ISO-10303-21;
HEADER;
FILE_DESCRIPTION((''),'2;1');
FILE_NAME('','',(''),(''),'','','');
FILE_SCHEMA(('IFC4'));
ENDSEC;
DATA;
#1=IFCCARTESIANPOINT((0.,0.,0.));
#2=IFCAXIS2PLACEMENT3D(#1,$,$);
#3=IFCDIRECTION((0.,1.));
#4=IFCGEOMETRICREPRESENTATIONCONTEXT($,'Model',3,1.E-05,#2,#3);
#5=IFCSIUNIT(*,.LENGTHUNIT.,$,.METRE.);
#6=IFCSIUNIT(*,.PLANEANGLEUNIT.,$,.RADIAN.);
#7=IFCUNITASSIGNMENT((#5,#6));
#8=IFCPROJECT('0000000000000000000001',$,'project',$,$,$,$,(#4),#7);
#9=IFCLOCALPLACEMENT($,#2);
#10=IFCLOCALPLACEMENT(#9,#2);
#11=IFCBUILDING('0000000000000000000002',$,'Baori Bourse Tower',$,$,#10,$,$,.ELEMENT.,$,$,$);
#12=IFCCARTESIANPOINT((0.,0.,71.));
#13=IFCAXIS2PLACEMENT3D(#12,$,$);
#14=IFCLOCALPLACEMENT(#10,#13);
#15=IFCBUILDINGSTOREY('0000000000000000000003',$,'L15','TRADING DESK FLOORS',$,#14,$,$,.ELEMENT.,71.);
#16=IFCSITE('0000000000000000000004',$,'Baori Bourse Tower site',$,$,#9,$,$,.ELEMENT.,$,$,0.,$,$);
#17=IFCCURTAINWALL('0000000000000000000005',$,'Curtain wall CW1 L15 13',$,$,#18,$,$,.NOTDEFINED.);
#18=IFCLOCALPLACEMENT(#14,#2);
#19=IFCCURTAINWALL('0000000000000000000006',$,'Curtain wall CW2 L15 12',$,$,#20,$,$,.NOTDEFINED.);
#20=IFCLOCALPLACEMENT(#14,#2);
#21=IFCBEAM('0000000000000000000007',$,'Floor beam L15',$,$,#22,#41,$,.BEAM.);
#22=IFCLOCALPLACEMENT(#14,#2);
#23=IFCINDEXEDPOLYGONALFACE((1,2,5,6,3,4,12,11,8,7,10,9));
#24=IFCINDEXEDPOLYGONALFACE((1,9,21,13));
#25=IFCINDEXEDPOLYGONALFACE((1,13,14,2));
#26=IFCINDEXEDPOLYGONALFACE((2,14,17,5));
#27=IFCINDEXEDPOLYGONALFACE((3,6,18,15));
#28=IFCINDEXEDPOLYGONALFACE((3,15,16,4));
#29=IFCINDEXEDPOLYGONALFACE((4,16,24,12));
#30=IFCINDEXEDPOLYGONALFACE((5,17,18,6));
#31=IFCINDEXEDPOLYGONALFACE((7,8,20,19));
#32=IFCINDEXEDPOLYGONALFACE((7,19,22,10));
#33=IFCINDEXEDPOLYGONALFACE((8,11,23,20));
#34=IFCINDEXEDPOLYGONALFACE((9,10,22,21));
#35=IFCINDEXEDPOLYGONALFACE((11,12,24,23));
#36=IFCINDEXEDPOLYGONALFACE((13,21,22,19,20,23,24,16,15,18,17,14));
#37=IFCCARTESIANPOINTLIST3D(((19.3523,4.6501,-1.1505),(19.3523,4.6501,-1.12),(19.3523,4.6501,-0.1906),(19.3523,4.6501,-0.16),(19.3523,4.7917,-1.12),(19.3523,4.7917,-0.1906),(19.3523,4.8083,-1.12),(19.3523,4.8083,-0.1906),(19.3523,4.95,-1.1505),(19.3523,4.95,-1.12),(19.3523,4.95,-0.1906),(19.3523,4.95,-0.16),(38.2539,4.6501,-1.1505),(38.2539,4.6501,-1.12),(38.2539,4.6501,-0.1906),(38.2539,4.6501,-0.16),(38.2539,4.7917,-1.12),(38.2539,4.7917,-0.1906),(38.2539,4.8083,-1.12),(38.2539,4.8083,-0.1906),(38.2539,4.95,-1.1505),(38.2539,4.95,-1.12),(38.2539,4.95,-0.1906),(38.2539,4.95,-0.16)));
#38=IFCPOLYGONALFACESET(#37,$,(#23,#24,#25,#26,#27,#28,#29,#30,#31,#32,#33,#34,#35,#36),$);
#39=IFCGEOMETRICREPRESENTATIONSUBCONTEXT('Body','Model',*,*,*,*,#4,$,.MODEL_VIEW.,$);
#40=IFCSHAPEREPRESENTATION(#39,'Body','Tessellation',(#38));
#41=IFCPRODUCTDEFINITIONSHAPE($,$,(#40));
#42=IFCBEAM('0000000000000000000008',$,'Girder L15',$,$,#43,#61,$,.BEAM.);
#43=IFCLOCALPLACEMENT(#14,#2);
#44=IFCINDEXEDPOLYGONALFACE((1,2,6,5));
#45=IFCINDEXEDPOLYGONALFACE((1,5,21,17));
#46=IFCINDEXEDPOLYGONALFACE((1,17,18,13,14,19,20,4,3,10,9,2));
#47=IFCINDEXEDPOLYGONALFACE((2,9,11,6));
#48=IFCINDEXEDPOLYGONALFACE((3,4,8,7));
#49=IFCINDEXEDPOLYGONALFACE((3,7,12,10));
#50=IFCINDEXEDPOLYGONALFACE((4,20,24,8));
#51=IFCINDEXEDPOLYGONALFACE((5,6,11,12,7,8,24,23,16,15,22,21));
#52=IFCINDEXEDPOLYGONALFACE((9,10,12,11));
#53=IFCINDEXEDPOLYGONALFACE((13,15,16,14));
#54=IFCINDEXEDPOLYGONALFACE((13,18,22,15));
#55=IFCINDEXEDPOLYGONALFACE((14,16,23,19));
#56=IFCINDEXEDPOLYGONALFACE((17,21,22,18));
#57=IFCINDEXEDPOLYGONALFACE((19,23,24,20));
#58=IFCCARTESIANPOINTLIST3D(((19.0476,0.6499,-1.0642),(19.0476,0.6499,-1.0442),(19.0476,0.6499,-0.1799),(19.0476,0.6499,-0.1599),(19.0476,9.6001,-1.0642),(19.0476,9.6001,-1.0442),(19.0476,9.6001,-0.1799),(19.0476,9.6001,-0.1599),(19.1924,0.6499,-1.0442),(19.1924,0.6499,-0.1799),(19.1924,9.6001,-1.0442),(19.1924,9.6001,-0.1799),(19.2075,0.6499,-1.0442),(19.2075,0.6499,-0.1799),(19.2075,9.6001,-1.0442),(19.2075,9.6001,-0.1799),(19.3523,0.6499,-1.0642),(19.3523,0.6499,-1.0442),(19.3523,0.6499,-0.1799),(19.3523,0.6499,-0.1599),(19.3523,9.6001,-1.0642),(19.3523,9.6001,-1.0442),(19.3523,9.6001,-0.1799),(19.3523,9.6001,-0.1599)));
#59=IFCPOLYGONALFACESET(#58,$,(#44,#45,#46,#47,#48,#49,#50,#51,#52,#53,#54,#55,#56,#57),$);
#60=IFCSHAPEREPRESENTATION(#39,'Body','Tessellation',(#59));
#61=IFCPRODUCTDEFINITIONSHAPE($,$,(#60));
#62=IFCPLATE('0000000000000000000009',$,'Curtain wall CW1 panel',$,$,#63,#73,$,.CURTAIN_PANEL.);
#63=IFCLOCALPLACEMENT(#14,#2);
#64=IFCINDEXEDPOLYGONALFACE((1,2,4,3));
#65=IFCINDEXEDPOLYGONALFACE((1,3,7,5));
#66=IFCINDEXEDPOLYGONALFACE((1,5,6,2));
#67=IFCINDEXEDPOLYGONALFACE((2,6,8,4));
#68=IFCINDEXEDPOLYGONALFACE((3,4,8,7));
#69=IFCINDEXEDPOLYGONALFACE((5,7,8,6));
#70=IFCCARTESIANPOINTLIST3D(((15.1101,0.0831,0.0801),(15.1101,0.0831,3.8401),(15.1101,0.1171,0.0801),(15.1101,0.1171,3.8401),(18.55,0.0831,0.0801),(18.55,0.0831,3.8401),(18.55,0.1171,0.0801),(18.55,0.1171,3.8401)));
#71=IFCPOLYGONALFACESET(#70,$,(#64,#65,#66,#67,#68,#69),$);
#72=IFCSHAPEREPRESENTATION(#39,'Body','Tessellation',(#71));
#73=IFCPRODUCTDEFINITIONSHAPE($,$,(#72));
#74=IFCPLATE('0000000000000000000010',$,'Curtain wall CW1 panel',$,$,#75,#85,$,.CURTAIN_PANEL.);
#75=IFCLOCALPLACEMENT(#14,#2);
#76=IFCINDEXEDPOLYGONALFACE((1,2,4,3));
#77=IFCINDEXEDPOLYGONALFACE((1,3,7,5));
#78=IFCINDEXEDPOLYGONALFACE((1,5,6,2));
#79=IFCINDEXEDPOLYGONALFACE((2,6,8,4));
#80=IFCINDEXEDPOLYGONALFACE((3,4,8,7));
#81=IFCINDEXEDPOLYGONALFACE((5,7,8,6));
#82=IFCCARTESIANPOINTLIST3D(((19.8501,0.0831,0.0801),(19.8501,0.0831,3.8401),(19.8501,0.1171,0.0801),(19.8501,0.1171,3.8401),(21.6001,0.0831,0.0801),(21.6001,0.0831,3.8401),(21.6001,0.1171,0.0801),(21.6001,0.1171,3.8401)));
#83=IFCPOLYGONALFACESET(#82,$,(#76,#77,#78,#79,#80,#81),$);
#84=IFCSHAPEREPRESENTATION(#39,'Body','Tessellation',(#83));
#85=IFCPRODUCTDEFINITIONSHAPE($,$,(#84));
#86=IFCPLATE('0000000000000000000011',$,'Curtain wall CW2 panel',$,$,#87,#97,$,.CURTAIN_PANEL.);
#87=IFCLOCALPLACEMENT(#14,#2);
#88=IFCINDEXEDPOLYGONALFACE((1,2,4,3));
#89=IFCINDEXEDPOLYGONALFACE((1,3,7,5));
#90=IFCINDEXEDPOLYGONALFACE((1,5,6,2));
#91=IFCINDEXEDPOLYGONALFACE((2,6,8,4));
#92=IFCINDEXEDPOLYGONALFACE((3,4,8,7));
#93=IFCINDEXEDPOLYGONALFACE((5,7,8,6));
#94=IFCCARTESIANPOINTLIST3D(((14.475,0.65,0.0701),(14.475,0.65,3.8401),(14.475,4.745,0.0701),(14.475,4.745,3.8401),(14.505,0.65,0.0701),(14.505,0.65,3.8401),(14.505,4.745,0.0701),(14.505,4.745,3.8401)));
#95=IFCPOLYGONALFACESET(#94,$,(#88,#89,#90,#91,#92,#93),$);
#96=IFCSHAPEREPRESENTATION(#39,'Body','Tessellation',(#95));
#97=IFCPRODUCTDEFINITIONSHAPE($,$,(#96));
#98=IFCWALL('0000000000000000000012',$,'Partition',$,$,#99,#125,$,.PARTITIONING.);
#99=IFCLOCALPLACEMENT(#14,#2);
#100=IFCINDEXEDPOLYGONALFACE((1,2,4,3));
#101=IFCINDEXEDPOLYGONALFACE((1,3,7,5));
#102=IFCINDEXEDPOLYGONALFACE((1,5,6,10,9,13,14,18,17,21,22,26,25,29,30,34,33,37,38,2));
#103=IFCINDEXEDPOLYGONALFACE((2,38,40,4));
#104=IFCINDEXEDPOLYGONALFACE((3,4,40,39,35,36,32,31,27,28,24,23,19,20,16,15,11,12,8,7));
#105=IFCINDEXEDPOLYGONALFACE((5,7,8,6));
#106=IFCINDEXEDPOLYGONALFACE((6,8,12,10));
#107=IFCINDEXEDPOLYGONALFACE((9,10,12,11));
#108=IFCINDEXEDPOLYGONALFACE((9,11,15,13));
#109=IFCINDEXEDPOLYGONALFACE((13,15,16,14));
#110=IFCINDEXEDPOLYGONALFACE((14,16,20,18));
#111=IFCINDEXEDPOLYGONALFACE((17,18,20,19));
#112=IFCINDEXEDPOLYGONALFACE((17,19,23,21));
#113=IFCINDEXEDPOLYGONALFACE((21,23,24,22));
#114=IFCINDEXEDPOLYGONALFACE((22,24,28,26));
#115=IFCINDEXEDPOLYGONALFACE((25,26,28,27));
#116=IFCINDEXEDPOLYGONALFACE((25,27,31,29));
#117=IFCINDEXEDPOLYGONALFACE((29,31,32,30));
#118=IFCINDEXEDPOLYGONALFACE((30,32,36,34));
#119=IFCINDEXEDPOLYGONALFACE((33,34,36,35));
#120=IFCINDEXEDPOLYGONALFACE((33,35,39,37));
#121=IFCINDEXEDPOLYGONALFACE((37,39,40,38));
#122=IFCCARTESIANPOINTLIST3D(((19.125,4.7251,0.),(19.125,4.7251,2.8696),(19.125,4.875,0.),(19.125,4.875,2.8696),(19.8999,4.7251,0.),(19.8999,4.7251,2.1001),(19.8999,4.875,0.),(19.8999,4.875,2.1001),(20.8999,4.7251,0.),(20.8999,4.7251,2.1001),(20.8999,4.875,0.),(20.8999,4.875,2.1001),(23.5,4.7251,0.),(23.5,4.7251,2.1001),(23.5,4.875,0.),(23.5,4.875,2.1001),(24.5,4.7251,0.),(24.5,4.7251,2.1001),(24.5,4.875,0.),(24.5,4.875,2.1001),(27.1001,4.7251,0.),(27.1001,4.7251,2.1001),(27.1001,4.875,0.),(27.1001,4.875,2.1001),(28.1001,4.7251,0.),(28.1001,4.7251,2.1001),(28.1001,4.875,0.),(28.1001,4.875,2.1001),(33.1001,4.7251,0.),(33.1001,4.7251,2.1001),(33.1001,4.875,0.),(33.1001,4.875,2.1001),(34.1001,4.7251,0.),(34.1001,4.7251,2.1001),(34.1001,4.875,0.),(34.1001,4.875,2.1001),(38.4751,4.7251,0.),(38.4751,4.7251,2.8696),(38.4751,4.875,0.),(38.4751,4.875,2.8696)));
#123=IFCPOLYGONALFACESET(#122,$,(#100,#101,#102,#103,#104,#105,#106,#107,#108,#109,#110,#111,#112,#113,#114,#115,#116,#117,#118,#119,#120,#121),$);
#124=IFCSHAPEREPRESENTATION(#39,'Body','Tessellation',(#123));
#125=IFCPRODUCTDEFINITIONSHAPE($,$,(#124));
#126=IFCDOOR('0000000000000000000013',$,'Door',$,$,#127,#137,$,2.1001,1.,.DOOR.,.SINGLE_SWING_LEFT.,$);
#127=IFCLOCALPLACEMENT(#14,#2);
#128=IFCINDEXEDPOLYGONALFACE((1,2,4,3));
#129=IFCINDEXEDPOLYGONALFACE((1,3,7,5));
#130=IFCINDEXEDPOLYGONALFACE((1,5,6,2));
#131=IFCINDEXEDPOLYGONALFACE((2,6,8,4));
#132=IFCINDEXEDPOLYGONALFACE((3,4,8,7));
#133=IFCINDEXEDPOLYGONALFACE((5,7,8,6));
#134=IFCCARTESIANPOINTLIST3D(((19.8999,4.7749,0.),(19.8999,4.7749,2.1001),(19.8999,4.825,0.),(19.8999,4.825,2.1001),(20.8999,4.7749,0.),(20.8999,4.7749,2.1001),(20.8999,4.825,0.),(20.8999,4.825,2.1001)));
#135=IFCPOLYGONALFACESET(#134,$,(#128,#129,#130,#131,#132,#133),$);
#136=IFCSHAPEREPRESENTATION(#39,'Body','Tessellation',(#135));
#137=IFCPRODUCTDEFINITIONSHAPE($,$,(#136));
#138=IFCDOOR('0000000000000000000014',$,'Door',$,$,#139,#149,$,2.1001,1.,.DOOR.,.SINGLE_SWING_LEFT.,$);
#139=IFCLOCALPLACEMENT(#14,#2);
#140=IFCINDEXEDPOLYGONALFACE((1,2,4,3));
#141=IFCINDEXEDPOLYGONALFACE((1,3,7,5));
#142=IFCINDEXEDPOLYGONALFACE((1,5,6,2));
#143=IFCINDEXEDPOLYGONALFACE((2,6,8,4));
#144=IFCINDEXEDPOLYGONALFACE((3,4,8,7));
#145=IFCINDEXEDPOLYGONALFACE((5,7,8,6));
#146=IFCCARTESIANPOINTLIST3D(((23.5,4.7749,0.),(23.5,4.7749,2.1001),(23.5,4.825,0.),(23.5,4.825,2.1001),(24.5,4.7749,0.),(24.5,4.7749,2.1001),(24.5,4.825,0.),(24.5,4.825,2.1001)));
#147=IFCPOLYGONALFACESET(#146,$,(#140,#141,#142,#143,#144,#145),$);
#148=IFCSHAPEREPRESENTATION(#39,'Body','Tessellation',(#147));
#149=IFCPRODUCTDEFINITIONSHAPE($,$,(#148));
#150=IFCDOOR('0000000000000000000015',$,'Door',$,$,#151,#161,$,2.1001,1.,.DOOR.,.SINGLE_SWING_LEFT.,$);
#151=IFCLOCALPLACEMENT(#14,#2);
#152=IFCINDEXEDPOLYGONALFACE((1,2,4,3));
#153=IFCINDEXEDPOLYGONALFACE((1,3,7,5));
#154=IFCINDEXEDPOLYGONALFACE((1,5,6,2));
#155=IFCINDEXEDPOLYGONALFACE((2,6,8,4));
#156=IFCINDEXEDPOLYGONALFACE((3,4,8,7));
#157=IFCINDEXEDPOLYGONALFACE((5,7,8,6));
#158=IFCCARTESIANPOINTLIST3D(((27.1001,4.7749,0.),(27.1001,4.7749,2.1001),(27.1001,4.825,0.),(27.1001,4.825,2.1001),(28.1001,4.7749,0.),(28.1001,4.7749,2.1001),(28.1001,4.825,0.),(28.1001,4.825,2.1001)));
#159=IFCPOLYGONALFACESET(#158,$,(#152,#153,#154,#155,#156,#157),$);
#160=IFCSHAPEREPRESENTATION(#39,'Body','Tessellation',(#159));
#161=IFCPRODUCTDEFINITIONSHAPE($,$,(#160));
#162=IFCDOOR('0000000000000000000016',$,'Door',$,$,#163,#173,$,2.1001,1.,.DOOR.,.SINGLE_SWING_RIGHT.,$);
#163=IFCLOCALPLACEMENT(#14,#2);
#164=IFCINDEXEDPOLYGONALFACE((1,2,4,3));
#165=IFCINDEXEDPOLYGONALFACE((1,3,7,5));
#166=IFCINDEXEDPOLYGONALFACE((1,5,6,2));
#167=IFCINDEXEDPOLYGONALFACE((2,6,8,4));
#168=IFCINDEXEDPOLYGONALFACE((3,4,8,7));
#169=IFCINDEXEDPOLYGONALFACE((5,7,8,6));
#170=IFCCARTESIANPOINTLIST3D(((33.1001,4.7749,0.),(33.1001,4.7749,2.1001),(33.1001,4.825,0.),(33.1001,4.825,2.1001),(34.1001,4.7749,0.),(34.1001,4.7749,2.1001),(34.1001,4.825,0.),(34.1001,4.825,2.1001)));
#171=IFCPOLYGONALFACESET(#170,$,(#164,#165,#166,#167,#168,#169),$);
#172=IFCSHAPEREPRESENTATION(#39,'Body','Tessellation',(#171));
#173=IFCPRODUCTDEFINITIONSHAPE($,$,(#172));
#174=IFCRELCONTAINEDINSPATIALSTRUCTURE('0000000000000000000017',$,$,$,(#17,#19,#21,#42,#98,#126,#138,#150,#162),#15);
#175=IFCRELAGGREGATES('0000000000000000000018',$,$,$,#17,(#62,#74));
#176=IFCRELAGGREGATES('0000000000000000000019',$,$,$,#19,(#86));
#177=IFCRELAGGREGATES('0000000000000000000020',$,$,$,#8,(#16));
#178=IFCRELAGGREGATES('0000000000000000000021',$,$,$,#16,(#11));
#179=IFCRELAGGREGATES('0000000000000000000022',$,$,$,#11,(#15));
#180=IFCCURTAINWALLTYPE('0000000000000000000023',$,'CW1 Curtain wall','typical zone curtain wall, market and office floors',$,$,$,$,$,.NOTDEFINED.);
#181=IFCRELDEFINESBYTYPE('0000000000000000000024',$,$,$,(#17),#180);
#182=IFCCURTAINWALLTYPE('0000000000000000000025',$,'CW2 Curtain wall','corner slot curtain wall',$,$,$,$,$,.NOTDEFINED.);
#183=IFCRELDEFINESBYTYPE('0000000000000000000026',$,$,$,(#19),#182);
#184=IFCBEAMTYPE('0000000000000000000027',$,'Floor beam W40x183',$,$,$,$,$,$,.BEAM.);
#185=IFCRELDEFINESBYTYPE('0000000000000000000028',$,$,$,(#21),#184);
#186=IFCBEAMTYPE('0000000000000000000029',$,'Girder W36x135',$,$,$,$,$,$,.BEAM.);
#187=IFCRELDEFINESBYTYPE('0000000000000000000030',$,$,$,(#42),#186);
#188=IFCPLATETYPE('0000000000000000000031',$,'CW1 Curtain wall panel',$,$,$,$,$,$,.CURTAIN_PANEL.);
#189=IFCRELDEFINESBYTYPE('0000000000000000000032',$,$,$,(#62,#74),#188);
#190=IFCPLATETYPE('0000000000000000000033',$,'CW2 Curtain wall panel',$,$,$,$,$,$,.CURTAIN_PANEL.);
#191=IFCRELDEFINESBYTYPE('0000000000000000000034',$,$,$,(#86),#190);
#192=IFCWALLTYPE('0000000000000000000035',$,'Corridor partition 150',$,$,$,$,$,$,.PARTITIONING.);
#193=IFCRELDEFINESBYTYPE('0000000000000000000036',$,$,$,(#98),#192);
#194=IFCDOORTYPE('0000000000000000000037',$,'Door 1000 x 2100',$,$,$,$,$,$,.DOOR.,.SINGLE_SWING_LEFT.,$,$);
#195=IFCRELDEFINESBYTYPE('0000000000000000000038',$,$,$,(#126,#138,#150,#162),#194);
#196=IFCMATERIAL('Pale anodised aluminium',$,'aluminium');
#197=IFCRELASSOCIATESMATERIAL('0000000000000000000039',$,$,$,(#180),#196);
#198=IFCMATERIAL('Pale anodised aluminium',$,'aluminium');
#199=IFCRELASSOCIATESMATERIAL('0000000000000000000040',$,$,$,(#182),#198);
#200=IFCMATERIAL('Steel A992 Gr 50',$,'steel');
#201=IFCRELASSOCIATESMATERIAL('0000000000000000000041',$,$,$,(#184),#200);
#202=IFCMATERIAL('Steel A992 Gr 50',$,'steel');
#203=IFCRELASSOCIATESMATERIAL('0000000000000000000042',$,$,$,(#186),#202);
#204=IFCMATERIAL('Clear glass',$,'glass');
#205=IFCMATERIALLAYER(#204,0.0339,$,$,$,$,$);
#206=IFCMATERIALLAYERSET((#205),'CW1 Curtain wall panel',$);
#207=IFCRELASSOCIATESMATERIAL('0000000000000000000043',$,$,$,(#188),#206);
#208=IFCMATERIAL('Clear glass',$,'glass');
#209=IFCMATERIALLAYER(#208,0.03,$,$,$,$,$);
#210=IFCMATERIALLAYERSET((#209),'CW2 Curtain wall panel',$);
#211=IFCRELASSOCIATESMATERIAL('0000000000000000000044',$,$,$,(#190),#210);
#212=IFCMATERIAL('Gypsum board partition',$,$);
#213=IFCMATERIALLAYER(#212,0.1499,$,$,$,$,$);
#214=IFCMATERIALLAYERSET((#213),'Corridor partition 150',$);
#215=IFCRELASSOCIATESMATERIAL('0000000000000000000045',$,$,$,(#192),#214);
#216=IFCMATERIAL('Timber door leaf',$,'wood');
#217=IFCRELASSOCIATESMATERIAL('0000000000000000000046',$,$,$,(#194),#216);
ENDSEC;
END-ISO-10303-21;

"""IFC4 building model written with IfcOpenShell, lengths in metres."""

from ifc_helpers import new_model, si_unit, direction, frame, frame_2d, origin, origin_2d, place, context, subcontext, project, spatial, rectangle, i_section, extrude, material, layer, layer_set, material_profile, profile_set, type_object, element, fill, aggregate, save


model = new_model("IFC4")

# Units and contexts
model_context = context("Model", 3, precision=1e-05, world=origin(), true_north=direction((0.0, 1.0)))
body_context = subcontext(model_context, "Body", "Model", "MODEL_VIEW")
ifc_project = project(units=[si_unit("LENGTHUNIT", "METRE"), si_unit("PLANEANGLEUNIT", "RADIAN")], contexts=[model_context])

# Site, building, storey
site_placement = place(None, origin())
site = spatial("IfcSite", under=ifc_project, at=site_placement, Name="Baori Bourse Tower site", CompositionType="ELEMENT", RefElevation=0.0)
building_placement = place(site_placement, origin())
building = spatial("IfcBuilding", under=site, at=building_placement, Name="Baori Bourse Tower", CompositionType="ELEMENT")
storey_placement = place(building_placement, frame((0.0, 0.0, 71.0)))
storey = spatial("IfcBuildingStorey", under=building, at=storey_placement, Name="L15", Description="TRADING DESK FLOORS", CompositionType="ELEMENT", Elevation=71.0)

# Curtain walls
ifc_material_1 = material(Name="Pale anodised aluminium", Category="aluminium")
curtain_wall_type_1 = type_object("IfcCurtainWallType", Name="CW1 Curtain wall", Description="typical zone curtain wall, market and office floors", PredefinedType="NOTDEFINED", material=ifc_material_1)
curtain_wall_1_placement = place(storey_placement, origin())
curtain_wall_1 = element("IfcCurtainWall", 1, at=curtain_wall_1_placement, inside=storey, type_object=curtain_wall_type_1, Name="Curtain wall CW1 L15 13", PredefinedType="NOTDEFINED")
ifc_material_2 = material(Name="Pale anodised aluminium", Category="aluminium")
curtain_wall_type_2 = type_object("IfcCurtainWallType", Name="CW2 Curtain wall", Description="corner slot curtain wall", PredefinedType="NOTDEFINED", material=ifc_material_2)
curtain_wall_2_placement = place(storey_placement, origin())
curtain_wall_2 = element("IfcCurtainWall", 2, at=curtain_wall_2_placement, inside=storey, type_object=curtain_wall_type_2, Name="Curtain wall CW2 L15 12", PredefinedType="NOTDEFINED")

# Beams
ifc_material_3 = material(Name="Steel A992 Gr 50", Category="steel")
ifc_material_profile_1 = material_profile(ifc_material_3, i_section(OverallWidth=0.2998, OverallDepth=0.9905, WebThickness=0.0166, FlangeThickness=0.0305, at=origin_2d()), Name="W40x183")
ifc_profile_set_1 = profile_set([ifc_material_profile_1], Name="Steel A992 Gr 50")
beam_type_1 = type_object("IfcBeamType", Name="Floor beam W40x183", PredefinedType="BEAM", material=ifc_profile_set_1)
beam_1_placement = place(storey_placement, frame((19.3523, 4.8, -0.6553), z_axis=(1.0, 0.0, 0.0), x_axis=(0.0, 1.0, 0.0)))
element("IfcBeam", 3, at=beam_1_placement, inside=storey, type_object=beam_type_1, Name="Floor beam L15", PredefinedType="BEAM", context=body_context, shape_type="SweptSolid", body=[
    extrude(i_section(OverallWidth=0.2998, OverallDepth=0.9905, WebThickness=0.0166, FlangeThickness=0.0305, at=origin_2d()), origin(), (0.0, 0.0, 1.0), 18.9016),
])
ifc_material_4 = material(Name="Steel A992 Gr 50", Category="steel")
ifc_material_profile_2 = material_profile(ifc_material_4, i_section(OverallWidth=0.3047, OverallDepth=0.9043, WebThickness=0.0151, FlangeThickness=0.02, at=origin_2d()), Name="W36x135")
ifc_profile_set_2 = profile_set([ifc_material_profile_2], Name="Steel A992 Gr 50")
beam_type_2 = type_object("IfcBeamType", Name="Girder W36x135", PredefinedType="BEAM", material=ifc_profile_set_2)
beam_2_placement = place(storey_placement, frame((19.2, 0.6499, -0.6121), z_axis=(0.0, 1.0, 0.0), x_axis=(-1.0, 0.0, 0.0)))
element("IfcBeam", 4, at=beam_2_placement, inside=storey, type_object=beam_type_2, Name="Girder L15", PredefinedType="BEAM", context=body_context, shape_type="SweptSolid", body=[
    extrude(i_section(OverallWidth=0.3047, OverallDepth=0.9043, WebThickness=0.0151, FlangeThickness=0.02, at=origin_2d()), origin(), (0.0, 0.0, 1.0), 8.9502),
])

# Plates
ifc_material_5 = material(Name="Clear glass", Category="glass")
ifc_layer_1 = layer(ifc_material_5, 0.0339)
ifc_layer_set_1 = layer_set([ifc_layer_1], Name="CW1 Curtain wall panel")
plate_type_1 = type_object("IfcPlateType", Name="CW1 Curtain wall panel", PredefinedType="CURTAIN_PANEL", material=ifc_layer_set_1)
plate_1_placement = place(storey_placement, frame((16.8301, 0.1001, 0.0801), z_axis=(0.0, 0.0, 1.0), x_axis=(1.0, 0.0, 0.0)))
plate_1 = element("IfcPlate", 5, at=plate_1_placement, type_object=plate_type_1, Name="Curtain wall CW1 panel", PredefinedType="CURTAIN_PANEL", context=body_context, shape_type="SweptSolid", body=[
    extrude(rectangle(XDim=3.4399, YDim=0.0339, at=origin_2d()), origin(), (0.0, 0.0, 1.0), 3.76),
])
plate_2_placement = place(storey_placement, frame((20.7251, 0.1001, 0.0801), z_axis=(0.0, 0.0, 1.0), x_axis=(1.0, 0.0, 0.0)))
plate_2 = element("IfcPlate", 6, at=plate_2_placement, type_object=plate_type_1, Name="Curtain wall CW1 panel", PredefinedType="CURTAIN_PANEL", context=body_context, shape_type="SweptSolid", body=[
    extrude(rectangle(XDim=1.75, YDim=0.0339, at=origin_2d()), origin(), (0.0, 0.0, 1.0), 3.76),
])
aggregate(curtain_wall_1, [plate_1, plate_2])
ifc_material_6 = material(Name="Clear glass", Category="glass")
ifc_layer_2 = layer(ifc_material_6, 0.03)
ifc_layer_set_2 = layer_set([ifc_layer_2], Name="CW2 Curtain wall panel")
plate_type_2 = type_object("IfcPlateType", Name="CW2 Curtain wall panel", PredefinedType="CURTAIN_PANEL", material=ifc_layer_set_2)
plate_3_placement = place(storey_placement, frame((14.49, 2.6975, 0.0701), z_axis=(0.0, 0.0, 1.0), x_axis=(0.0, -1.0, 0.0)))
plate_3 = element("IfcPlate", 7, at=plate_3_placement, type_object=plate_type_2, Name="Curtain wall CW2 panel", PredefinedType="CURTAIN_PANEL", context=body_context, shape_type="SweptSolid", body=[
    extrude(rectangle(XDim=4.095, YDim=0.03, at=origin_2d()), origin(), (0.0, 0.0, 1.0), 3.77),
])
aggregate(curtain_wall_2, [plate_3])

# Wall, openings, doors
ifc_material_7 = material(Name="Gypsum board partition")
ifc_layer_3 = layer(ifc_material_7, 0.1499)
ifc_layer_set_3 = layer_set([ifc_layer_3], Name="Corridor partition 150")
wall_type_1 = type_object("IfcWallType", Name="Corridor partition 150", PredefinedType="PARTITIONING", material=ifc_layer_set_3)
wall_1_placement = place(storey_placement, frame((19.125, 4.8, 0.0), z_axis=(0.0, 0.0, 1.0), x_axis=(1.0, 0.0, 0.0)))
wall_1 = element("IfcWall", 8, at=wall_1_placement, inside=storey, type_object=wall_type_1, Name="Partition", PredefinedType="PARTITIONING", context=body_context, shape_type="SweptSolid", body=[
    extrude(rectangle(XDim=19.3501, YDim=0.1499, at=frame_2d((9.675, 0.0))), origin(), (0.0, 0.0, 1.0), 2.8696),
])
opening_1_placement = place(wall_1_placement, frame((0.7749, 0.0, 0.0)))
opening_1 = element("IfcOpeningElement", 9, at=opening_1_placement, cuts=wall_1, PredefinedType="OPENING", context=body_context, shape_type="SweptSolid", body=[
    extrude(rectangle(XDim=1.0, YDim=2.1001, at=frame_2d((0.5, 1.05))), frame((0.0, 0.085, 0.0), z_axis=(0.0, -1.0, 0.0), x_axis=(1.0, 0.0, 0.0)), (0.0, 0.0, 1.0), 0.1699),
])
opening_2_placement = place(wall_1_placement, frame((4.375, 0.0, 0.0)))
opening_2 = element("IfcOpeningElement", 10, at=opening_2_placement, cuts=wall_1, PredefinedType="OPENING", context=body_context, shape_type="SweptSolid", body=[
    extrude(rectangle(XDim=1.0, YDim=2.1001, at=frame_2d((0.5, 1.05))), frame((0.0, 0.085, 0.0), z_axis=(0.0, -1.0, 0.0), x_axis=(1.0, 0.0, 0.0)), (0.0, 0.0, 1.0), 0.1699),
])
opening_3_placement = place(wall_1_placement, frame((7.9751, 0.0, 0.0)))
opening_3 = element("IfcOpeningElement", 11, at=opening_3_placement, cuts=wall_1, PredefinedType="OPENING", context=body_context, shape_type="SweptSolid", body=[
    extrude(rectangle(XDim=1.0, YDim=2.1001, at=frame_2d((0.5, 1.05))), frame((0.0, 0.085, 0.0), z_axis=(0.0, -1.0, 0.0), x_axis=(1.0, 0.0, 0.0)), (0.0, 0.0, 1.0), 0.1699),
])
opening_4_placement = place(wall_1_placement, frame((13.9751, 0.0, 0.0)))
opening_4 = element("IfcOpeningElement", 12, at=opening_4_placement, cuts=wall_1, PredefinedType="OPENING", context=body_context, shape_type="SweptSolid", body=[
    extrude(rectangle(XDim=1.0, YDim=2.1001, at=frame_2d((0.5, 1.05))), frame((0.0, 0.085, 0.0), z_axis=(0.0, -1.0, 0.0), x_axis=(1.0, 0.0, 0.0)), (0.0, 0.0, 1.0), 0.1699),
])
ifc_material_8 = material(Name="Timber door leaf", Category="wood")
door_type = type_object("IfcDoorType", Name="Door 1000 x 2100", OperationType="SINGLE_SWING_LEFT", PredefinedType="DOOR", material=ifc_material_8)
door_1_placement = place(opening_1_placement, origin())
door_1 = element("IfcDoor", 13, at=door_1_placement, inside=storey, type_object=door_type, Name="Door", OperationType="SINGLE_SWING_LEFT", OverallHeight=2.1001, OverallWidth=1.0, PredefinedType="DOOR", context=body_context, shape_type="SweptSolid", body=[
    extrude(rectangle(XDim=1.0, YDim=2.1001, at=frame_2d((0.5, 1.05))), frame((0.0, 0.0249, 0.0), z_axis=(0.0, -1.0, 0.0), x_axis=(1.0, 0.0, 0.0)), (0.0, 0.0, 1.0), 0.05),
])
fill(opening_1, door_1)
door_2_placement = place(opening_2_placement, origin())
door_2 = element("IfcDoor", 14, at=door_2_placement, inside=storey, type_object=door_type, Name="Door", OperationType="SINGLE_SWING_LEFT", OverallHeight=2.1001, OverallWidth=1.0, PredefinedType="DOOR", context=body_context, shape_type="SweptSolid", body=[
    extrude(rectangle(XDim=1.0, YDim=2.1001, at=frame_2d((0.5, 1.05))), frame((0.0, 0.0249, 0.0), z_axis=(0.0, -1.0, 0.0), x_axis=(1.0, 0.0, 0.0)), (0.0, 0.0, 1.0), 0.05),
])
fill(opening_2, door_2)
door_3_placement = place(opening_3_placement, origin())
door_3 = element("IfcDoor", 15, at=door_3_placement, inside=storey, type_object=door_type, Name="Door", OperationType="SINGLE_SWING_LEFT", OverallHeight=2.1001, OverallWidth=1.0, PredefinedType="DOOR", context=body_context, shape_type="SweptSolid", body=[
    extrude(rectangle(XDim=1.0, YDim=2.1001, at=frame_2d((0.5, 1.05))), frame((0.0, 0.0249, 0.0), z_axis=(0.0, -1.0, 0.0), x_axis=(1.0, 0.0, 0.0)), (0.0, 0.0, 1.0), 0.05),
])
fill(opening_3, door_3)
door_4_placement = place(opening_4_placement, origin())
door_4 = element("IfcDoor", 16, at=door_4_placement, inside=storey, type_object=door_type, Name="Door", OperationType="SINGLE_SWING_RIGHT", OverallHeight=2.1001, OverallWidth=1.0, PredefinedType="DOOR", context=body_context, shape_type="SweptSolid", body=[
    extrude(rectangle(XDim=1.0, YDim=2.1001, at=frame_2d((0.5, 1.05))), frame((0.0, 0.0249, 0.0), z_axis=(0.0, -1.0, 0.0), x_axis=(1.0, 0.0, 0.0)), (0.0, 0.0, 1.0), 0.05),
])
fill(opening_4, door_4)

save(model, "model.ifc")
